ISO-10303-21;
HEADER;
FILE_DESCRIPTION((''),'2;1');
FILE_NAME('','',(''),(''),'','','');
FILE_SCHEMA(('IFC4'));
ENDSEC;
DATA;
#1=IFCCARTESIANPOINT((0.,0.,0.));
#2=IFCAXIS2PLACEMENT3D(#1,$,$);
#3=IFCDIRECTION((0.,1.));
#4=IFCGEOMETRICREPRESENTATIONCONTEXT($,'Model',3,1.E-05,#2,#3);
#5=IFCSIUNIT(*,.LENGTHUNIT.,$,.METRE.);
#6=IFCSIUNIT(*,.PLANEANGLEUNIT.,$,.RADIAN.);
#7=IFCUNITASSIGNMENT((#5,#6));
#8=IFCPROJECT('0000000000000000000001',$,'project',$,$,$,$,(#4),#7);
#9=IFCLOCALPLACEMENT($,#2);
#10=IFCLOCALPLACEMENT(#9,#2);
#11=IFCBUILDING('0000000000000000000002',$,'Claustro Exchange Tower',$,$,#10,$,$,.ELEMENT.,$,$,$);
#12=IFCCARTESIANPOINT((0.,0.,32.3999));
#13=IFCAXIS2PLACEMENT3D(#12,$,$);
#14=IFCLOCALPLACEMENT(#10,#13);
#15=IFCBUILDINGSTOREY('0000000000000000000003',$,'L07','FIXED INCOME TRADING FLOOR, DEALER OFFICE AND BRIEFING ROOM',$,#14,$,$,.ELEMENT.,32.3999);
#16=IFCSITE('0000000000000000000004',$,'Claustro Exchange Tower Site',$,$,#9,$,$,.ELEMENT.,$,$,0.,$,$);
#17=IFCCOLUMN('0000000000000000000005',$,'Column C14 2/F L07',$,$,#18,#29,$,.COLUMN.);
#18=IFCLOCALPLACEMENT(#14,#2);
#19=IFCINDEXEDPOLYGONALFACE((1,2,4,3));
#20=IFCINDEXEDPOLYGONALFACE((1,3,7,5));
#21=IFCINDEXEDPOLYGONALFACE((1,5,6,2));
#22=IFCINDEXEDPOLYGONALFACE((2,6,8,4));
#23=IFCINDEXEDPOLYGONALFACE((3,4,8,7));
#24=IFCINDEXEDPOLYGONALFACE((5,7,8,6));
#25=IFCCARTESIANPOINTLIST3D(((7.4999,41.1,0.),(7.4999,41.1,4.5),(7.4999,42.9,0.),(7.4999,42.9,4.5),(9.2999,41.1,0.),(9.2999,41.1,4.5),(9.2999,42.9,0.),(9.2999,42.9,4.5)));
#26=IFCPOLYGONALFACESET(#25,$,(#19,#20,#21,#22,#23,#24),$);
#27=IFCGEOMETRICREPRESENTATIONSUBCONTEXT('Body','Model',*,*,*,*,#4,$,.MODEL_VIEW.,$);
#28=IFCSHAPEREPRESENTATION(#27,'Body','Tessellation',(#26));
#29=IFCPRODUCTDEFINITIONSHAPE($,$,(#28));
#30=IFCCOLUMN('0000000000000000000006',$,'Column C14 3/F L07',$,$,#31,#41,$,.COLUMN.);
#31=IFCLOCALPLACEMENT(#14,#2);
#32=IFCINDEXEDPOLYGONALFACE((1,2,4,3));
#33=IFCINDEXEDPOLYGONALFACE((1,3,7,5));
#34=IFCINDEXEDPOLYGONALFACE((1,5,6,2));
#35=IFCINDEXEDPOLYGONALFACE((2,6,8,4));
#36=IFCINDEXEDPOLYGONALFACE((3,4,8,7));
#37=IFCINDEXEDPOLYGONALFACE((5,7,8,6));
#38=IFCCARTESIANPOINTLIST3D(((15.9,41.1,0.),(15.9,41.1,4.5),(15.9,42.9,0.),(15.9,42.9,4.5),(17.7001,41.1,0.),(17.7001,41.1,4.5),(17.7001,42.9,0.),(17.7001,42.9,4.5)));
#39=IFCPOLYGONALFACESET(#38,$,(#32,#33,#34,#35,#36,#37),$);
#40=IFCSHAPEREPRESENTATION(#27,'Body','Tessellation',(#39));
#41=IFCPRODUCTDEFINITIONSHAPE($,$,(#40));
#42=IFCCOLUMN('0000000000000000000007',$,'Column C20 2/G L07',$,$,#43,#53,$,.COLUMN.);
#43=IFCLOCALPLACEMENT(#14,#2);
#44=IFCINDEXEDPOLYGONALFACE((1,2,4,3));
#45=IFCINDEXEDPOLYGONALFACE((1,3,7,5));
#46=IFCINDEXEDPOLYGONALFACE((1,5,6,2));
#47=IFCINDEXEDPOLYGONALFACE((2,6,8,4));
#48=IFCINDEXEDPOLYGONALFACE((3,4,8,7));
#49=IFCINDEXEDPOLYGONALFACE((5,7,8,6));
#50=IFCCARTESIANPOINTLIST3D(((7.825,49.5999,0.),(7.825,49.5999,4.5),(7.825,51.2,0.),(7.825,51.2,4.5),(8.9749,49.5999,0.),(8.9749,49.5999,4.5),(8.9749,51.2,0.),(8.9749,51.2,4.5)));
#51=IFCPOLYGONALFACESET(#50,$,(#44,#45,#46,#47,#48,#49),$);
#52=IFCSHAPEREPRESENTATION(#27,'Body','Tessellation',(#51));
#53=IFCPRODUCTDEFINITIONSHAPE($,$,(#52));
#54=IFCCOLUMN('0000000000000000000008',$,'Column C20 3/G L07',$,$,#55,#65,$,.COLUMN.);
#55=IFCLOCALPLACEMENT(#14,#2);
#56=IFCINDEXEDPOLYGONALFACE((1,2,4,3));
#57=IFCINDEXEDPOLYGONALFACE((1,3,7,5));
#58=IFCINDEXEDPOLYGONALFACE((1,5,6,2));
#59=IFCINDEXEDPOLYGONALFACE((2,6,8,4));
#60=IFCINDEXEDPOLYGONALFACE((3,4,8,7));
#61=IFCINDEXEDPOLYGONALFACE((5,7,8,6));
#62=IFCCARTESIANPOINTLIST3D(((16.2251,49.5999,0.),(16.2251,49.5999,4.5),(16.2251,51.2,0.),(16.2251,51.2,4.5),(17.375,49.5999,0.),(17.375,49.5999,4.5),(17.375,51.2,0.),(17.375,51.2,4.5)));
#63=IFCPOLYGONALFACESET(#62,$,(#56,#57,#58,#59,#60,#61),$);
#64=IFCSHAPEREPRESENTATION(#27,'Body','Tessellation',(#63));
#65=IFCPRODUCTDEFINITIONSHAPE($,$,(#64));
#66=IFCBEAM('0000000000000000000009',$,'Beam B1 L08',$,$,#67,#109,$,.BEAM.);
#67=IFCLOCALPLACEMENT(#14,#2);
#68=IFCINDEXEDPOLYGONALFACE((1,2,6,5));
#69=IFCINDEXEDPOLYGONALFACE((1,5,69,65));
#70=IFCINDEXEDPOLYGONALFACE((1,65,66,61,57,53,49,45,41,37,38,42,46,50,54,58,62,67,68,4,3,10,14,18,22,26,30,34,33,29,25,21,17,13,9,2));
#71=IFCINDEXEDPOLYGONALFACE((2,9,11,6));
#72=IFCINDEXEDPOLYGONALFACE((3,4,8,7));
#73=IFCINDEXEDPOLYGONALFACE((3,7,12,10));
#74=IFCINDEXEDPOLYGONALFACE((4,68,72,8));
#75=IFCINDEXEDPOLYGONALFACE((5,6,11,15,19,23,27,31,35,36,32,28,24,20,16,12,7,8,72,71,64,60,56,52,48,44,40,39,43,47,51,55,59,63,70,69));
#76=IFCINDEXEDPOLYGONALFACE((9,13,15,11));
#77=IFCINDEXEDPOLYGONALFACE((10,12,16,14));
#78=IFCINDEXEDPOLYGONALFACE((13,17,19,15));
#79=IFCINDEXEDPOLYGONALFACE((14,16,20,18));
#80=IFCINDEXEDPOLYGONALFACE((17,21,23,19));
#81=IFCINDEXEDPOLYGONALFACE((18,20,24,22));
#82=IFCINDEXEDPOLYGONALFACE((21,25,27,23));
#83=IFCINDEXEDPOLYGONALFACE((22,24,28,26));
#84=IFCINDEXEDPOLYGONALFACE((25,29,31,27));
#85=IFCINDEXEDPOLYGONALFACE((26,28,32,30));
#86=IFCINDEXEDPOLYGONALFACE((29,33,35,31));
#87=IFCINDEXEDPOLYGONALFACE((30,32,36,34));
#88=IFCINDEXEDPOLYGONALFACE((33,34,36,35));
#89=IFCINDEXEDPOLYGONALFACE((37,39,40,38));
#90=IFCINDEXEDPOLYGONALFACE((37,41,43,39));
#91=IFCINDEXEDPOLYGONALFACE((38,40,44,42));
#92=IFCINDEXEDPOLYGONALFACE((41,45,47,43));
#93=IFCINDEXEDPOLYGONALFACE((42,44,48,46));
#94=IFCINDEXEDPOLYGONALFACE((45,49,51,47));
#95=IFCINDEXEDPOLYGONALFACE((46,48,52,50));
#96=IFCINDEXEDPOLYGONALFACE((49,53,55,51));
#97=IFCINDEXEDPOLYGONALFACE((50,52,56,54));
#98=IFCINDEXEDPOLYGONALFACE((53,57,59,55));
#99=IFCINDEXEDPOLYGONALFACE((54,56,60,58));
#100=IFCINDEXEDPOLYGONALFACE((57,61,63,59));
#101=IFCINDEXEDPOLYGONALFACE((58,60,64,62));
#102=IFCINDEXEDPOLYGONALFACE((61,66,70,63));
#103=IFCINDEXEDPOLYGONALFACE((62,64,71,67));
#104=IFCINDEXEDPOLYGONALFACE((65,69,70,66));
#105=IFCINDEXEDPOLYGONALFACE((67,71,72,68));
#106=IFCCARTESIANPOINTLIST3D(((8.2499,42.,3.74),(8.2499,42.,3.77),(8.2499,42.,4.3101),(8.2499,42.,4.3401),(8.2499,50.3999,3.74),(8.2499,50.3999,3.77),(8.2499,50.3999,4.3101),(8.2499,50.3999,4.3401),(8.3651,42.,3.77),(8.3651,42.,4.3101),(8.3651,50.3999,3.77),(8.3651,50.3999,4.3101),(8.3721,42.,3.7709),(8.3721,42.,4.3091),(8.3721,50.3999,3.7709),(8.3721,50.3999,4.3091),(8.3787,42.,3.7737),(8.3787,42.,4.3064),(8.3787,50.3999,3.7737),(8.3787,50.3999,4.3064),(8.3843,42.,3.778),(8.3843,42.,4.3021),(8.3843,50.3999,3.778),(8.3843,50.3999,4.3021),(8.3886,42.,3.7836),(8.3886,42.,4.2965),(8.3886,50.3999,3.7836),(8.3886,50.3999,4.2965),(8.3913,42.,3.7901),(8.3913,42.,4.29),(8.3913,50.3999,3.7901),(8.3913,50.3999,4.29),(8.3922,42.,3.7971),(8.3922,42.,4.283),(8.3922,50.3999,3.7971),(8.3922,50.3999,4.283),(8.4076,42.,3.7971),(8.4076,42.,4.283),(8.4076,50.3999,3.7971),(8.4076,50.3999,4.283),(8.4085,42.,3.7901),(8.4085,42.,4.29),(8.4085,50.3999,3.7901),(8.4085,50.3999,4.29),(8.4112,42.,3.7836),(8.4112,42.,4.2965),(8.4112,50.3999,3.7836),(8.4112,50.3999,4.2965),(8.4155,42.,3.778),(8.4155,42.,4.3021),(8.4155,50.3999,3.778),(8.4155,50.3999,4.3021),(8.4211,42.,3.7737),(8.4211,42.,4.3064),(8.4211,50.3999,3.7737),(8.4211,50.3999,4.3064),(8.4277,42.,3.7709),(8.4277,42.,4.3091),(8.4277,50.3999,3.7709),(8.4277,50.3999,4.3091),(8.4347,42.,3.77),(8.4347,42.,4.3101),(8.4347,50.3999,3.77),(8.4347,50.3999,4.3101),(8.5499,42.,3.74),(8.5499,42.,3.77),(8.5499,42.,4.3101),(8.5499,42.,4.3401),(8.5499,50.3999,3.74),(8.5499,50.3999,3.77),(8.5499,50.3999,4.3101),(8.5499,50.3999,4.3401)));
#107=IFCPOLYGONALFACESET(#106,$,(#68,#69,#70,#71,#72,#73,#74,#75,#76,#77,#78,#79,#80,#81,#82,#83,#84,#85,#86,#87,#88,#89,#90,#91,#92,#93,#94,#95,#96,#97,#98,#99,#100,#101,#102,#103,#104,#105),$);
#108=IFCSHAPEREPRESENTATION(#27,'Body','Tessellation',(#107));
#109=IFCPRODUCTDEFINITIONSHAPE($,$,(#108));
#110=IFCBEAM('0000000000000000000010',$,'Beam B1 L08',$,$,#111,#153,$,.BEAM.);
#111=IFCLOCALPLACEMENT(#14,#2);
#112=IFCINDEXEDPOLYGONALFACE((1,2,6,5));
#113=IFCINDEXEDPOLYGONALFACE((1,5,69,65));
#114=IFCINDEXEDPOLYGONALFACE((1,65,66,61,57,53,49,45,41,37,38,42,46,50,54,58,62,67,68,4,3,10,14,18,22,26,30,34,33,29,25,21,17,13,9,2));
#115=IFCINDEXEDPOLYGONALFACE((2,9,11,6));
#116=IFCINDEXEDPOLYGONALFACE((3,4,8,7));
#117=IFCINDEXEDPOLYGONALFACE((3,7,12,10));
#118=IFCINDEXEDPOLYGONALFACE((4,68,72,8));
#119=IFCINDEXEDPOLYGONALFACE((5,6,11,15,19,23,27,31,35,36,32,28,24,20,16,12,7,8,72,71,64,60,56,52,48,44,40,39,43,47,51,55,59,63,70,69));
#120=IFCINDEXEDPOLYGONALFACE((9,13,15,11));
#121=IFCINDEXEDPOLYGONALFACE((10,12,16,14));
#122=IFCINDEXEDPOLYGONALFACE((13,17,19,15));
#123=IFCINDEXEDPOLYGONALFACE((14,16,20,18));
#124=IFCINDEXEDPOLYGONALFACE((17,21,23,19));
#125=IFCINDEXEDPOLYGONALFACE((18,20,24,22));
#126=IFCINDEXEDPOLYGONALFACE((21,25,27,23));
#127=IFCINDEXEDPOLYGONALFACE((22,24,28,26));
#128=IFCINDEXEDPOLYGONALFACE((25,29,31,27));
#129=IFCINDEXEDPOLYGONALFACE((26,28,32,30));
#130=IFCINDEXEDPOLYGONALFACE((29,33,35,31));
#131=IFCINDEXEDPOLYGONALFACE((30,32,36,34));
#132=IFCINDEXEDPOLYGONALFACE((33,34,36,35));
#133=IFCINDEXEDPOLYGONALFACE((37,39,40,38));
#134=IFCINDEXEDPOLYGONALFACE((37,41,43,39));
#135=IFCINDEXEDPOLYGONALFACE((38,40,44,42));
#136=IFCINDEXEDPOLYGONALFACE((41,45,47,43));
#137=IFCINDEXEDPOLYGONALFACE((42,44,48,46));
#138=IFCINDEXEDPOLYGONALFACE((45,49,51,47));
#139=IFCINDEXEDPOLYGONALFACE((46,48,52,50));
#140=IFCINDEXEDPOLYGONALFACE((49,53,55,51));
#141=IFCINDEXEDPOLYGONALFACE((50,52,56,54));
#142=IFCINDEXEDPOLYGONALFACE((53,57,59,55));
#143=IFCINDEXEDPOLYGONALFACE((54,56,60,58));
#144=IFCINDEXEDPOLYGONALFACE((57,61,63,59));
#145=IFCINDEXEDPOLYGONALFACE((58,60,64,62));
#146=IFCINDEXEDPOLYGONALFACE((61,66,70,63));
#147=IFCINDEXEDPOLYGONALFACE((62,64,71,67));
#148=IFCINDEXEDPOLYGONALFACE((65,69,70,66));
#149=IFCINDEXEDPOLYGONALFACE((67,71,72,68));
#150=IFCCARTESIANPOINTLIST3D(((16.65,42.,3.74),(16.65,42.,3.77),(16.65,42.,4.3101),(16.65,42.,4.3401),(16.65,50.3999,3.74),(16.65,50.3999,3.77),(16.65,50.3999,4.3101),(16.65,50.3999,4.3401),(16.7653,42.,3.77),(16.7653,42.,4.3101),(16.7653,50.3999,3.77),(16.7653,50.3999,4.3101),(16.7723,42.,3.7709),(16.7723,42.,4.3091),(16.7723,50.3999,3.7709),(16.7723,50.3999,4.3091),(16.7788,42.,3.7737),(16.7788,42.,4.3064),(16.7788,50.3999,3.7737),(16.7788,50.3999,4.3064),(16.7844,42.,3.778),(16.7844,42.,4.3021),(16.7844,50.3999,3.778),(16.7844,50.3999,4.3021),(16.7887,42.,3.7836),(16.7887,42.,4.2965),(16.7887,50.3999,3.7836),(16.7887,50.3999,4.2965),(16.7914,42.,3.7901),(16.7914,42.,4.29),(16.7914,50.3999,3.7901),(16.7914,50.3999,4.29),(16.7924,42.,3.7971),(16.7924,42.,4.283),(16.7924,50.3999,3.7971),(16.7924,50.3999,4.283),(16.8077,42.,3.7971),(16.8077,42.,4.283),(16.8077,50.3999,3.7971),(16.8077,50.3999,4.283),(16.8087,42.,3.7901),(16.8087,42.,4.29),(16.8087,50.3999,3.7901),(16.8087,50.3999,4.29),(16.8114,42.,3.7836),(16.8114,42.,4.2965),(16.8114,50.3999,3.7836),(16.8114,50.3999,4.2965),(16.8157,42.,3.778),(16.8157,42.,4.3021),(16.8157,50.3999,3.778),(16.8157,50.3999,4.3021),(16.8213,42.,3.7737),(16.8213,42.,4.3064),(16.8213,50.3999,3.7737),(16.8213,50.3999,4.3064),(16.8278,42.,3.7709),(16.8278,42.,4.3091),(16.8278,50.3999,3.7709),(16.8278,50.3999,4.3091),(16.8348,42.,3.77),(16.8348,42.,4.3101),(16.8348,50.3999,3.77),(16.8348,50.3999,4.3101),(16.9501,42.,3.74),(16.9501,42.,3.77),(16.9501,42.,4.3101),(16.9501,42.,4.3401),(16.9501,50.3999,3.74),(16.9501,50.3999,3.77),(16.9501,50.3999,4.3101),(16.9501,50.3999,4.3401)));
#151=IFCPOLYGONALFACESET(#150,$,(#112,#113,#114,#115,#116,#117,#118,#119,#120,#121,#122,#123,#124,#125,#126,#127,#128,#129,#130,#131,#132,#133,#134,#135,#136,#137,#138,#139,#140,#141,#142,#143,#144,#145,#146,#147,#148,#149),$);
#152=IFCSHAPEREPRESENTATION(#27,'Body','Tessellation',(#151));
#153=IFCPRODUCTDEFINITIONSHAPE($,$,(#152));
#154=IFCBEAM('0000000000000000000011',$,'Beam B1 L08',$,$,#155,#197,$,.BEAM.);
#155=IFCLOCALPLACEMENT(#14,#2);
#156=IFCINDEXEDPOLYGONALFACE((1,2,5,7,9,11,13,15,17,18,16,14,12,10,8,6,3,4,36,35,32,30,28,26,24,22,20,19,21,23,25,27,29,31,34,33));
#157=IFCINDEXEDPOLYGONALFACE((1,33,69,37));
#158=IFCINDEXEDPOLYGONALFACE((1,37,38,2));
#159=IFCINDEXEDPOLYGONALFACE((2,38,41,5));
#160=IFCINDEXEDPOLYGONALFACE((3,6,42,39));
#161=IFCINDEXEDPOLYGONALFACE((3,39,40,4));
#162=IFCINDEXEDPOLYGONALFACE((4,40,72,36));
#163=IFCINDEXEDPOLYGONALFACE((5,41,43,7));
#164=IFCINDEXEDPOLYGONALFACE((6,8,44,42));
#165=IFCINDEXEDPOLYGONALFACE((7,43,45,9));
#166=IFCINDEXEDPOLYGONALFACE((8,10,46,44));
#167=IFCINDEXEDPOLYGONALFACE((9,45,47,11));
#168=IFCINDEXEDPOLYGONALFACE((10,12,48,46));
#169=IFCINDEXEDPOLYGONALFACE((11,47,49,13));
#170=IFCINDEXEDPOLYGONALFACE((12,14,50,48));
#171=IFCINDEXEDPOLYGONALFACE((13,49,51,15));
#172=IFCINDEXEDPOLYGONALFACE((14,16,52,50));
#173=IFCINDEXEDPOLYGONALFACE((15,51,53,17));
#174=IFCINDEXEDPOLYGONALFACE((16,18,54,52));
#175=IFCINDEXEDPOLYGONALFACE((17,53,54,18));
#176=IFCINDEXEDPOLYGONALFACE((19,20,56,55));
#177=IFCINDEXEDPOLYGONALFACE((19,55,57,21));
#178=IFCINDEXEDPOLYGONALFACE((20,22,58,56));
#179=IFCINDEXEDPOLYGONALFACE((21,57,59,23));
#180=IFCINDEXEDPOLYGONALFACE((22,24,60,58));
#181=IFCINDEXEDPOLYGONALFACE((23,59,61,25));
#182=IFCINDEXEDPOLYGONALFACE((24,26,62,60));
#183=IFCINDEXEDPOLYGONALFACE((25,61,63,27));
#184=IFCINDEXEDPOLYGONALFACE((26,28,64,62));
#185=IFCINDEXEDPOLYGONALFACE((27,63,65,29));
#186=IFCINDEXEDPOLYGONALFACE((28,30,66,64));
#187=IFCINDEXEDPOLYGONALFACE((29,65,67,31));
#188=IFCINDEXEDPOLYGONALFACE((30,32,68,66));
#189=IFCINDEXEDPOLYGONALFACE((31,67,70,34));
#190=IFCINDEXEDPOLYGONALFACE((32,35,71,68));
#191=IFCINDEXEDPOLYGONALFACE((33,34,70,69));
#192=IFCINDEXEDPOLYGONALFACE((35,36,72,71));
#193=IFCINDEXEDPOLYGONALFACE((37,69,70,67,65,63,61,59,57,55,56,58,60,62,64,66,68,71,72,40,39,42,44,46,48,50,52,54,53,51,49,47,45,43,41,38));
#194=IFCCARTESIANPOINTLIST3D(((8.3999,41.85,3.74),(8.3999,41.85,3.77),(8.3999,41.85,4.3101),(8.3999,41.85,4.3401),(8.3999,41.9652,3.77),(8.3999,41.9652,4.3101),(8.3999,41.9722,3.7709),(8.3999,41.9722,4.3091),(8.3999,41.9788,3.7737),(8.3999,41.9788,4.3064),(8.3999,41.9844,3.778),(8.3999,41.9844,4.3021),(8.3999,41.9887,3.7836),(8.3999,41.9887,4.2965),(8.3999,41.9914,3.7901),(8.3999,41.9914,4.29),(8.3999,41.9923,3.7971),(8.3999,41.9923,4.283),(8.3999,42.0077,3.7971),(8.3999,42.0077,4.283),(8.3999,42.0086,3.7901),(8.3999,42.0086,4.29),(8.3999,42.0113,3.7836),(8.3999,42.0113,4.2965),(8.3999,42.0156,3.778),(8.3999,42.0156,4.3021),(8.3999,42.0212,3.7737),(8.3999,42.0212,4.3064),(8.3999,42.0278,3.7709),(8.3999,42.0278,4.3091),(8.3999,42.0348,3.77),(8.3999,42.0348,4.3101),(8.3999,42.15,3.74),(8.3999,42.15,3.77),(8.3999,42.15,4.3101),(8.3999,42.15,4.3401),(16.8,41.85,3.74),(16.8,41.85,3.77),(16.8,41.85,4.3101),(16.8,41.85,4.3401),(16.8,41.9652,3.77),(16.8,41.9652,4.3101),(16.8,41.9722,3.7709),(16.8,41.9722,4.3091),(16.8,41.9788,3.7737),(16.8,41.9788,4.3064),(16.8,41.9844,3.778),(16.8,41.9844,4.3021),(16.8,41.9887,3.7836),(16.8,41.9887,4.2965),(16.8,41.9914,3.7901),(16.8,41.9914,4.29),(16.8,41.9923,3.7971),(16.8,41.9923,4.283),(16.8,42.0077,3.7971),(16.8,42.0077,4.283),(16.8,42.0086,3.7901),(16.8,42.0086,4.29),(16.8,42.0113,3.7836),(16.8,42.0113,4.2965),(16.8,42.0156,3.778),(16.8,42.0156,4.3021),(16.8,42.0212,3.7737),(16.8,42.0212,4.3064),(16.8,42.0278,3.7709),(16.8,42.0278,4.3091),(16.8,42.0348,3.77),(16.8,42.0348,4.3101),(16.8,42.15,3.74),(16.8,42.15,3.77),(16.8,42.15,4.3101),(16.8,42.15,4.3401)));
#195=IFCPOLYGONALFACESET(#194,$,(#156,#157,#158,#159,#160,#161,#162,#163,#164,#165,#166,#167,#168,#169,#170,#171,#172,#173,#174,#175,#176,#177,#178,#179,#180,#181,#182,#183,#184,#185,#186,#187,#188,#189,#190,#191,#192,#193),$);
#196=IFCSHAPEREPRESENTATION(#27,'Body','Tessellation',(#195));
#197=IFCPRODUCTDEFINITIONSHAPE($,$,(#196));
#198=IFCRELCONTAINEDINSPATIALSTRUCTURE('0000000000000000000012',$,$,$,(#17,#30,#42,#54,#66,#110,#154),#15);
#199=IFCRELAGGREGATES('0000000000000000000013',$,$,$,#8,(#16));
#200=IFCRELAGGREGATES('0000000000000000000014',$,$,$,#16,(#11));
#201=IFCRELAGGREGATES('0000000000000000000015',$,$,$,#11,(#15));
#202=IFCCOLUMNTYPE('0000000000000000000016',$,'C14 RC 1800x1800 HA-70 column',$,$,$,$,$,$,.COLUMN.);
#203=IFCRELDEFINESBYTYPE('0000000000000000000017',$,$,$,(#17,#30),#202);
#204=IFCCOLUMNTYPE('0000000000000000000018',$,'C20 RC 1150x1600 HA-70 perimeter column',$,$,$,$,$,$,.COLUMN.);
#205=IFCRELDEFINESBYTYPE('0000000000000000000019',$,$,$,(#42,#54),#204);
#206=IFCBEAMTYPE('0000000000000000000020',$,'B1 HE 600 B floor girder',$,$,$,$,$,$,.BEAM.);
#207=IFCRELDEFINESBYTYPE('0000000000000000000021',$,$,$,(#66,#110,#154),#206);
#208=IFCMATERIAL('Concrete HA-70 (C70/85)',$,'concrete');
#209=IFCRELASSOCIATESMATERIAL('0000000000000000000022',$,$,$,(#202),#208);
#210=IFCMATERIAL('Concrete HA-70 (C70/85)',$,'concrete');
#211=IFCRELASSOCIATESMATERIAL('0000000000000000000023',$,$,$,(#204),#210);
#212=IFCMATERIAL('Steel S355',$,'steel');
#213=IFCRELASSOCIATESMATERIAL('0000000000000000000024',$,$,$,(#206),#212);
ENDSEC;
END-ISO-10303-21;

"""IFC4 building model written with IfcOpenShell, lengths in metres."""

from ifc_helpers import new_model, si_unit, direction, frame, origin, origin_2d, place, context, subcontext, project, spatial, rectangle, i_section, extrude, material, material_profile, profile_set, type_object, element, save


model = new_model("IFC4")

# Units and contexts
model_context = context("Model", 3, precision=1e-05, world=origin(), true_north=direction((0.0, 1.0)))
body_context = subcontext(model_context, "Body", "Model", "MODEL_VIEW")
ifc_project = project(units=[si_unit("LENGTHUNIT", "METRE"), si_unit("PLANEANGLEUNIT", "RADIAN")], contexts=[model_context])

# Site, building, storey
site_placement = place(None, origin())
site = spatial("IfcSite", under=ifc_project, at=site_placement, Name="Claustro Exchange Tower Site", CompositionType="ELEMENT", RefElevation=0.0)
building_placement = place(site_placement, origin())
building = spatial("IfcBuilding", under=site, at=building_placement, Name="Claustro Exchange Tower", CompositionType="ELEMENT")
storey_placement = place(building_placement, frame((0.0, 0.0, 32.3999)))
storey = spatial("IfcBuildingStorey", under=building, at=storey_placement, Name="L07", Description="FIXED INCOME TRADING FLOOR, DEALER OFFICE AND BRIEFING ROOM", CompositionType="ELEMENT", Elevation=32.3999)

# Columns
ifc_material_1 = material(Name="Concrete HA-70 (C70/85)", Category="concrete")
ifc_material_profile_1 = material_profile(ifc_material_1, rectangle(XDim=1.8, YDim=1.8, at=origin_2d()), Name="RC 1800x1800")
ifc_profile_set_1 = profile_set([ifc_material_profile_1], Name="Concrete HA-70 (C70/85)")
column_type_1 = type_object("IfcColumnType", Name="C14 RC 1800x1800 HA-70 column", PredefinedType="COLUMN", material=ifc_profile_set_1)
for number, where, z_axis, x_axis, name in (
    (1, (8.3999, 42.0, 0.0), (0.0, 0.0, 1.0), (1.0, 0.0, 0.0), "Column C14 2/F L07"),
    (2, (16.8, 42.0, 0.0), (0.0, 0.0, 1.0), (1.0, 0.0, 0.0), "Column C14 3/F L07"),
):
    element("IfcColumn", number, at=place(storey_placement, frame(where, z_axis=z_axis, x_axis=x_axis)), inside=storey, type_object=column_type_1, Name=name, PredefinedType="COLUMN", context=body_context, shape_type="SweptSolid", body=[
        extrude(rectangle(XDim=1.8, YDim=1.8, at=origin_2d()), origin(), (0.0, 0.0, 1.0), 4.5),
    ])
ifc_material_2 = material(Name="Concrete HA-70 (C70/85)", Category="concrete")
ifc_material_profile_2 = material_profile(ifc_material_2, rectangle(XDim=1.1499, YDim=1.6001, at=origin_2d()), Name="RC 1150x1600")
ifc_profile_set_2 = profile_set([ifc_material_profile_2], Name="Concrete HA-70 (C70/85)")
column_type_2 = type_object("IfcColumnType", Name="C20 RC 1150x1600 HA-70 perimeter column", PredefinedType="COLUMN", material=ifc_profile_set_2)
for number, where, z_axis, x_axis, name in (
    (3, (8.3999, 50.3999, 0.0), (0.0, 0.0, 1.0), (1.0, 0.0, 0.0), "Column C20 2/G L07"),
    (4, (16.8, 50.3999, 0.0), (0.0, 0.0, 1.0), (1.0, 0.0, 0.0), "Column C20 3/G L07"),
):
    element("IfcColumn", number, at=place(storey_placement, frame(where, z_axis=z_axis, x_axis=x_axis)), inside=storey, type_object=column_type_2, Name=name, PredefinedType="COLUMN", context=body_context, shape_type="SweptSolid", body=[
        extrude(rectangle(XDim=1.1499, YDim=1.6001, at=origin_2d()), origin(), (0.0, 0.0, 1.0), 4.5),
    ])

# Beams
ifc_material_3 = material(Name="Steel S355", Category="steel")
ifc_material_profile_3 = material_profile(ifc_material_3, i_section(OverallWidth=0.3, OverallDepth=0.6001, WebThickness=0.0154, FlangeThickness=0.03, FilletRadius=0.0271, at=origin_2d()), Name="HE 600 B")
ifc_profile_set_3 = profile_set([ifc_material_profile_3], Name="Steel S355")
beam_type_1 = type_object("IfcBeamType", Name="B1 HE 600 B floor girder", PredefinedType="BEAM", material=ifc_profile_set_3)
for number, where, z_axis, x_axis, name in (
    (5, (8.3999, 42.0, 4.04), (0.0, 1.0, 0.0), (-1.0, 0.0, 0.0), "Beam B1 L08"),
    (6, (16.8, 42.0, 4.04), (0.0, 1.0, 0.0), (-1.0, 0.0, 0.0), "Beam B1 L08"),
):
    element("IfcBeam", number, at=place(storey_placement, frame(where, z_axis=z_axis, x_axis=x_axis)), inside=storey, type_object=beam_type_1, Name=name, PredefinedType="BEAM", context=body_context, shape_type="SweptSolid", body=[
        extrude(i_section(OverallWidth=0.3, OverallDepth=0.6001, WebThickness=0.0154, FlangeThickness=0.03, FilletRadius=0.0271, at=origin_2d()), origin(), (0.0, 0.0, 1.0), 8.3999),
    ])
beam_1_placement = place(storey_placement, frame((8.3999, 42.0, 4.04), z_axis=(1.0, 0.0, 0.0), x_axis=(0.0, 1.0, 0.0)))
element("IfcBeam", 7, at=beam_1_placement, inside=storey, type_object=beam_type_1, Name="Beam B1 L08", PredefinedType="BEAM", context=body_context, shape_type="SweptSolid", body=[
    extrude(i_section(OverallWidth=0.3, OverallDepth=0.6001, WebThickness=0.0154, FlangeThickness=0.03, FilletRadius=0.0271, at=origin_2d()), origin(), (0.0, 0.0, 1.0), 8.4001),
])

save(model, "model.ifc")
